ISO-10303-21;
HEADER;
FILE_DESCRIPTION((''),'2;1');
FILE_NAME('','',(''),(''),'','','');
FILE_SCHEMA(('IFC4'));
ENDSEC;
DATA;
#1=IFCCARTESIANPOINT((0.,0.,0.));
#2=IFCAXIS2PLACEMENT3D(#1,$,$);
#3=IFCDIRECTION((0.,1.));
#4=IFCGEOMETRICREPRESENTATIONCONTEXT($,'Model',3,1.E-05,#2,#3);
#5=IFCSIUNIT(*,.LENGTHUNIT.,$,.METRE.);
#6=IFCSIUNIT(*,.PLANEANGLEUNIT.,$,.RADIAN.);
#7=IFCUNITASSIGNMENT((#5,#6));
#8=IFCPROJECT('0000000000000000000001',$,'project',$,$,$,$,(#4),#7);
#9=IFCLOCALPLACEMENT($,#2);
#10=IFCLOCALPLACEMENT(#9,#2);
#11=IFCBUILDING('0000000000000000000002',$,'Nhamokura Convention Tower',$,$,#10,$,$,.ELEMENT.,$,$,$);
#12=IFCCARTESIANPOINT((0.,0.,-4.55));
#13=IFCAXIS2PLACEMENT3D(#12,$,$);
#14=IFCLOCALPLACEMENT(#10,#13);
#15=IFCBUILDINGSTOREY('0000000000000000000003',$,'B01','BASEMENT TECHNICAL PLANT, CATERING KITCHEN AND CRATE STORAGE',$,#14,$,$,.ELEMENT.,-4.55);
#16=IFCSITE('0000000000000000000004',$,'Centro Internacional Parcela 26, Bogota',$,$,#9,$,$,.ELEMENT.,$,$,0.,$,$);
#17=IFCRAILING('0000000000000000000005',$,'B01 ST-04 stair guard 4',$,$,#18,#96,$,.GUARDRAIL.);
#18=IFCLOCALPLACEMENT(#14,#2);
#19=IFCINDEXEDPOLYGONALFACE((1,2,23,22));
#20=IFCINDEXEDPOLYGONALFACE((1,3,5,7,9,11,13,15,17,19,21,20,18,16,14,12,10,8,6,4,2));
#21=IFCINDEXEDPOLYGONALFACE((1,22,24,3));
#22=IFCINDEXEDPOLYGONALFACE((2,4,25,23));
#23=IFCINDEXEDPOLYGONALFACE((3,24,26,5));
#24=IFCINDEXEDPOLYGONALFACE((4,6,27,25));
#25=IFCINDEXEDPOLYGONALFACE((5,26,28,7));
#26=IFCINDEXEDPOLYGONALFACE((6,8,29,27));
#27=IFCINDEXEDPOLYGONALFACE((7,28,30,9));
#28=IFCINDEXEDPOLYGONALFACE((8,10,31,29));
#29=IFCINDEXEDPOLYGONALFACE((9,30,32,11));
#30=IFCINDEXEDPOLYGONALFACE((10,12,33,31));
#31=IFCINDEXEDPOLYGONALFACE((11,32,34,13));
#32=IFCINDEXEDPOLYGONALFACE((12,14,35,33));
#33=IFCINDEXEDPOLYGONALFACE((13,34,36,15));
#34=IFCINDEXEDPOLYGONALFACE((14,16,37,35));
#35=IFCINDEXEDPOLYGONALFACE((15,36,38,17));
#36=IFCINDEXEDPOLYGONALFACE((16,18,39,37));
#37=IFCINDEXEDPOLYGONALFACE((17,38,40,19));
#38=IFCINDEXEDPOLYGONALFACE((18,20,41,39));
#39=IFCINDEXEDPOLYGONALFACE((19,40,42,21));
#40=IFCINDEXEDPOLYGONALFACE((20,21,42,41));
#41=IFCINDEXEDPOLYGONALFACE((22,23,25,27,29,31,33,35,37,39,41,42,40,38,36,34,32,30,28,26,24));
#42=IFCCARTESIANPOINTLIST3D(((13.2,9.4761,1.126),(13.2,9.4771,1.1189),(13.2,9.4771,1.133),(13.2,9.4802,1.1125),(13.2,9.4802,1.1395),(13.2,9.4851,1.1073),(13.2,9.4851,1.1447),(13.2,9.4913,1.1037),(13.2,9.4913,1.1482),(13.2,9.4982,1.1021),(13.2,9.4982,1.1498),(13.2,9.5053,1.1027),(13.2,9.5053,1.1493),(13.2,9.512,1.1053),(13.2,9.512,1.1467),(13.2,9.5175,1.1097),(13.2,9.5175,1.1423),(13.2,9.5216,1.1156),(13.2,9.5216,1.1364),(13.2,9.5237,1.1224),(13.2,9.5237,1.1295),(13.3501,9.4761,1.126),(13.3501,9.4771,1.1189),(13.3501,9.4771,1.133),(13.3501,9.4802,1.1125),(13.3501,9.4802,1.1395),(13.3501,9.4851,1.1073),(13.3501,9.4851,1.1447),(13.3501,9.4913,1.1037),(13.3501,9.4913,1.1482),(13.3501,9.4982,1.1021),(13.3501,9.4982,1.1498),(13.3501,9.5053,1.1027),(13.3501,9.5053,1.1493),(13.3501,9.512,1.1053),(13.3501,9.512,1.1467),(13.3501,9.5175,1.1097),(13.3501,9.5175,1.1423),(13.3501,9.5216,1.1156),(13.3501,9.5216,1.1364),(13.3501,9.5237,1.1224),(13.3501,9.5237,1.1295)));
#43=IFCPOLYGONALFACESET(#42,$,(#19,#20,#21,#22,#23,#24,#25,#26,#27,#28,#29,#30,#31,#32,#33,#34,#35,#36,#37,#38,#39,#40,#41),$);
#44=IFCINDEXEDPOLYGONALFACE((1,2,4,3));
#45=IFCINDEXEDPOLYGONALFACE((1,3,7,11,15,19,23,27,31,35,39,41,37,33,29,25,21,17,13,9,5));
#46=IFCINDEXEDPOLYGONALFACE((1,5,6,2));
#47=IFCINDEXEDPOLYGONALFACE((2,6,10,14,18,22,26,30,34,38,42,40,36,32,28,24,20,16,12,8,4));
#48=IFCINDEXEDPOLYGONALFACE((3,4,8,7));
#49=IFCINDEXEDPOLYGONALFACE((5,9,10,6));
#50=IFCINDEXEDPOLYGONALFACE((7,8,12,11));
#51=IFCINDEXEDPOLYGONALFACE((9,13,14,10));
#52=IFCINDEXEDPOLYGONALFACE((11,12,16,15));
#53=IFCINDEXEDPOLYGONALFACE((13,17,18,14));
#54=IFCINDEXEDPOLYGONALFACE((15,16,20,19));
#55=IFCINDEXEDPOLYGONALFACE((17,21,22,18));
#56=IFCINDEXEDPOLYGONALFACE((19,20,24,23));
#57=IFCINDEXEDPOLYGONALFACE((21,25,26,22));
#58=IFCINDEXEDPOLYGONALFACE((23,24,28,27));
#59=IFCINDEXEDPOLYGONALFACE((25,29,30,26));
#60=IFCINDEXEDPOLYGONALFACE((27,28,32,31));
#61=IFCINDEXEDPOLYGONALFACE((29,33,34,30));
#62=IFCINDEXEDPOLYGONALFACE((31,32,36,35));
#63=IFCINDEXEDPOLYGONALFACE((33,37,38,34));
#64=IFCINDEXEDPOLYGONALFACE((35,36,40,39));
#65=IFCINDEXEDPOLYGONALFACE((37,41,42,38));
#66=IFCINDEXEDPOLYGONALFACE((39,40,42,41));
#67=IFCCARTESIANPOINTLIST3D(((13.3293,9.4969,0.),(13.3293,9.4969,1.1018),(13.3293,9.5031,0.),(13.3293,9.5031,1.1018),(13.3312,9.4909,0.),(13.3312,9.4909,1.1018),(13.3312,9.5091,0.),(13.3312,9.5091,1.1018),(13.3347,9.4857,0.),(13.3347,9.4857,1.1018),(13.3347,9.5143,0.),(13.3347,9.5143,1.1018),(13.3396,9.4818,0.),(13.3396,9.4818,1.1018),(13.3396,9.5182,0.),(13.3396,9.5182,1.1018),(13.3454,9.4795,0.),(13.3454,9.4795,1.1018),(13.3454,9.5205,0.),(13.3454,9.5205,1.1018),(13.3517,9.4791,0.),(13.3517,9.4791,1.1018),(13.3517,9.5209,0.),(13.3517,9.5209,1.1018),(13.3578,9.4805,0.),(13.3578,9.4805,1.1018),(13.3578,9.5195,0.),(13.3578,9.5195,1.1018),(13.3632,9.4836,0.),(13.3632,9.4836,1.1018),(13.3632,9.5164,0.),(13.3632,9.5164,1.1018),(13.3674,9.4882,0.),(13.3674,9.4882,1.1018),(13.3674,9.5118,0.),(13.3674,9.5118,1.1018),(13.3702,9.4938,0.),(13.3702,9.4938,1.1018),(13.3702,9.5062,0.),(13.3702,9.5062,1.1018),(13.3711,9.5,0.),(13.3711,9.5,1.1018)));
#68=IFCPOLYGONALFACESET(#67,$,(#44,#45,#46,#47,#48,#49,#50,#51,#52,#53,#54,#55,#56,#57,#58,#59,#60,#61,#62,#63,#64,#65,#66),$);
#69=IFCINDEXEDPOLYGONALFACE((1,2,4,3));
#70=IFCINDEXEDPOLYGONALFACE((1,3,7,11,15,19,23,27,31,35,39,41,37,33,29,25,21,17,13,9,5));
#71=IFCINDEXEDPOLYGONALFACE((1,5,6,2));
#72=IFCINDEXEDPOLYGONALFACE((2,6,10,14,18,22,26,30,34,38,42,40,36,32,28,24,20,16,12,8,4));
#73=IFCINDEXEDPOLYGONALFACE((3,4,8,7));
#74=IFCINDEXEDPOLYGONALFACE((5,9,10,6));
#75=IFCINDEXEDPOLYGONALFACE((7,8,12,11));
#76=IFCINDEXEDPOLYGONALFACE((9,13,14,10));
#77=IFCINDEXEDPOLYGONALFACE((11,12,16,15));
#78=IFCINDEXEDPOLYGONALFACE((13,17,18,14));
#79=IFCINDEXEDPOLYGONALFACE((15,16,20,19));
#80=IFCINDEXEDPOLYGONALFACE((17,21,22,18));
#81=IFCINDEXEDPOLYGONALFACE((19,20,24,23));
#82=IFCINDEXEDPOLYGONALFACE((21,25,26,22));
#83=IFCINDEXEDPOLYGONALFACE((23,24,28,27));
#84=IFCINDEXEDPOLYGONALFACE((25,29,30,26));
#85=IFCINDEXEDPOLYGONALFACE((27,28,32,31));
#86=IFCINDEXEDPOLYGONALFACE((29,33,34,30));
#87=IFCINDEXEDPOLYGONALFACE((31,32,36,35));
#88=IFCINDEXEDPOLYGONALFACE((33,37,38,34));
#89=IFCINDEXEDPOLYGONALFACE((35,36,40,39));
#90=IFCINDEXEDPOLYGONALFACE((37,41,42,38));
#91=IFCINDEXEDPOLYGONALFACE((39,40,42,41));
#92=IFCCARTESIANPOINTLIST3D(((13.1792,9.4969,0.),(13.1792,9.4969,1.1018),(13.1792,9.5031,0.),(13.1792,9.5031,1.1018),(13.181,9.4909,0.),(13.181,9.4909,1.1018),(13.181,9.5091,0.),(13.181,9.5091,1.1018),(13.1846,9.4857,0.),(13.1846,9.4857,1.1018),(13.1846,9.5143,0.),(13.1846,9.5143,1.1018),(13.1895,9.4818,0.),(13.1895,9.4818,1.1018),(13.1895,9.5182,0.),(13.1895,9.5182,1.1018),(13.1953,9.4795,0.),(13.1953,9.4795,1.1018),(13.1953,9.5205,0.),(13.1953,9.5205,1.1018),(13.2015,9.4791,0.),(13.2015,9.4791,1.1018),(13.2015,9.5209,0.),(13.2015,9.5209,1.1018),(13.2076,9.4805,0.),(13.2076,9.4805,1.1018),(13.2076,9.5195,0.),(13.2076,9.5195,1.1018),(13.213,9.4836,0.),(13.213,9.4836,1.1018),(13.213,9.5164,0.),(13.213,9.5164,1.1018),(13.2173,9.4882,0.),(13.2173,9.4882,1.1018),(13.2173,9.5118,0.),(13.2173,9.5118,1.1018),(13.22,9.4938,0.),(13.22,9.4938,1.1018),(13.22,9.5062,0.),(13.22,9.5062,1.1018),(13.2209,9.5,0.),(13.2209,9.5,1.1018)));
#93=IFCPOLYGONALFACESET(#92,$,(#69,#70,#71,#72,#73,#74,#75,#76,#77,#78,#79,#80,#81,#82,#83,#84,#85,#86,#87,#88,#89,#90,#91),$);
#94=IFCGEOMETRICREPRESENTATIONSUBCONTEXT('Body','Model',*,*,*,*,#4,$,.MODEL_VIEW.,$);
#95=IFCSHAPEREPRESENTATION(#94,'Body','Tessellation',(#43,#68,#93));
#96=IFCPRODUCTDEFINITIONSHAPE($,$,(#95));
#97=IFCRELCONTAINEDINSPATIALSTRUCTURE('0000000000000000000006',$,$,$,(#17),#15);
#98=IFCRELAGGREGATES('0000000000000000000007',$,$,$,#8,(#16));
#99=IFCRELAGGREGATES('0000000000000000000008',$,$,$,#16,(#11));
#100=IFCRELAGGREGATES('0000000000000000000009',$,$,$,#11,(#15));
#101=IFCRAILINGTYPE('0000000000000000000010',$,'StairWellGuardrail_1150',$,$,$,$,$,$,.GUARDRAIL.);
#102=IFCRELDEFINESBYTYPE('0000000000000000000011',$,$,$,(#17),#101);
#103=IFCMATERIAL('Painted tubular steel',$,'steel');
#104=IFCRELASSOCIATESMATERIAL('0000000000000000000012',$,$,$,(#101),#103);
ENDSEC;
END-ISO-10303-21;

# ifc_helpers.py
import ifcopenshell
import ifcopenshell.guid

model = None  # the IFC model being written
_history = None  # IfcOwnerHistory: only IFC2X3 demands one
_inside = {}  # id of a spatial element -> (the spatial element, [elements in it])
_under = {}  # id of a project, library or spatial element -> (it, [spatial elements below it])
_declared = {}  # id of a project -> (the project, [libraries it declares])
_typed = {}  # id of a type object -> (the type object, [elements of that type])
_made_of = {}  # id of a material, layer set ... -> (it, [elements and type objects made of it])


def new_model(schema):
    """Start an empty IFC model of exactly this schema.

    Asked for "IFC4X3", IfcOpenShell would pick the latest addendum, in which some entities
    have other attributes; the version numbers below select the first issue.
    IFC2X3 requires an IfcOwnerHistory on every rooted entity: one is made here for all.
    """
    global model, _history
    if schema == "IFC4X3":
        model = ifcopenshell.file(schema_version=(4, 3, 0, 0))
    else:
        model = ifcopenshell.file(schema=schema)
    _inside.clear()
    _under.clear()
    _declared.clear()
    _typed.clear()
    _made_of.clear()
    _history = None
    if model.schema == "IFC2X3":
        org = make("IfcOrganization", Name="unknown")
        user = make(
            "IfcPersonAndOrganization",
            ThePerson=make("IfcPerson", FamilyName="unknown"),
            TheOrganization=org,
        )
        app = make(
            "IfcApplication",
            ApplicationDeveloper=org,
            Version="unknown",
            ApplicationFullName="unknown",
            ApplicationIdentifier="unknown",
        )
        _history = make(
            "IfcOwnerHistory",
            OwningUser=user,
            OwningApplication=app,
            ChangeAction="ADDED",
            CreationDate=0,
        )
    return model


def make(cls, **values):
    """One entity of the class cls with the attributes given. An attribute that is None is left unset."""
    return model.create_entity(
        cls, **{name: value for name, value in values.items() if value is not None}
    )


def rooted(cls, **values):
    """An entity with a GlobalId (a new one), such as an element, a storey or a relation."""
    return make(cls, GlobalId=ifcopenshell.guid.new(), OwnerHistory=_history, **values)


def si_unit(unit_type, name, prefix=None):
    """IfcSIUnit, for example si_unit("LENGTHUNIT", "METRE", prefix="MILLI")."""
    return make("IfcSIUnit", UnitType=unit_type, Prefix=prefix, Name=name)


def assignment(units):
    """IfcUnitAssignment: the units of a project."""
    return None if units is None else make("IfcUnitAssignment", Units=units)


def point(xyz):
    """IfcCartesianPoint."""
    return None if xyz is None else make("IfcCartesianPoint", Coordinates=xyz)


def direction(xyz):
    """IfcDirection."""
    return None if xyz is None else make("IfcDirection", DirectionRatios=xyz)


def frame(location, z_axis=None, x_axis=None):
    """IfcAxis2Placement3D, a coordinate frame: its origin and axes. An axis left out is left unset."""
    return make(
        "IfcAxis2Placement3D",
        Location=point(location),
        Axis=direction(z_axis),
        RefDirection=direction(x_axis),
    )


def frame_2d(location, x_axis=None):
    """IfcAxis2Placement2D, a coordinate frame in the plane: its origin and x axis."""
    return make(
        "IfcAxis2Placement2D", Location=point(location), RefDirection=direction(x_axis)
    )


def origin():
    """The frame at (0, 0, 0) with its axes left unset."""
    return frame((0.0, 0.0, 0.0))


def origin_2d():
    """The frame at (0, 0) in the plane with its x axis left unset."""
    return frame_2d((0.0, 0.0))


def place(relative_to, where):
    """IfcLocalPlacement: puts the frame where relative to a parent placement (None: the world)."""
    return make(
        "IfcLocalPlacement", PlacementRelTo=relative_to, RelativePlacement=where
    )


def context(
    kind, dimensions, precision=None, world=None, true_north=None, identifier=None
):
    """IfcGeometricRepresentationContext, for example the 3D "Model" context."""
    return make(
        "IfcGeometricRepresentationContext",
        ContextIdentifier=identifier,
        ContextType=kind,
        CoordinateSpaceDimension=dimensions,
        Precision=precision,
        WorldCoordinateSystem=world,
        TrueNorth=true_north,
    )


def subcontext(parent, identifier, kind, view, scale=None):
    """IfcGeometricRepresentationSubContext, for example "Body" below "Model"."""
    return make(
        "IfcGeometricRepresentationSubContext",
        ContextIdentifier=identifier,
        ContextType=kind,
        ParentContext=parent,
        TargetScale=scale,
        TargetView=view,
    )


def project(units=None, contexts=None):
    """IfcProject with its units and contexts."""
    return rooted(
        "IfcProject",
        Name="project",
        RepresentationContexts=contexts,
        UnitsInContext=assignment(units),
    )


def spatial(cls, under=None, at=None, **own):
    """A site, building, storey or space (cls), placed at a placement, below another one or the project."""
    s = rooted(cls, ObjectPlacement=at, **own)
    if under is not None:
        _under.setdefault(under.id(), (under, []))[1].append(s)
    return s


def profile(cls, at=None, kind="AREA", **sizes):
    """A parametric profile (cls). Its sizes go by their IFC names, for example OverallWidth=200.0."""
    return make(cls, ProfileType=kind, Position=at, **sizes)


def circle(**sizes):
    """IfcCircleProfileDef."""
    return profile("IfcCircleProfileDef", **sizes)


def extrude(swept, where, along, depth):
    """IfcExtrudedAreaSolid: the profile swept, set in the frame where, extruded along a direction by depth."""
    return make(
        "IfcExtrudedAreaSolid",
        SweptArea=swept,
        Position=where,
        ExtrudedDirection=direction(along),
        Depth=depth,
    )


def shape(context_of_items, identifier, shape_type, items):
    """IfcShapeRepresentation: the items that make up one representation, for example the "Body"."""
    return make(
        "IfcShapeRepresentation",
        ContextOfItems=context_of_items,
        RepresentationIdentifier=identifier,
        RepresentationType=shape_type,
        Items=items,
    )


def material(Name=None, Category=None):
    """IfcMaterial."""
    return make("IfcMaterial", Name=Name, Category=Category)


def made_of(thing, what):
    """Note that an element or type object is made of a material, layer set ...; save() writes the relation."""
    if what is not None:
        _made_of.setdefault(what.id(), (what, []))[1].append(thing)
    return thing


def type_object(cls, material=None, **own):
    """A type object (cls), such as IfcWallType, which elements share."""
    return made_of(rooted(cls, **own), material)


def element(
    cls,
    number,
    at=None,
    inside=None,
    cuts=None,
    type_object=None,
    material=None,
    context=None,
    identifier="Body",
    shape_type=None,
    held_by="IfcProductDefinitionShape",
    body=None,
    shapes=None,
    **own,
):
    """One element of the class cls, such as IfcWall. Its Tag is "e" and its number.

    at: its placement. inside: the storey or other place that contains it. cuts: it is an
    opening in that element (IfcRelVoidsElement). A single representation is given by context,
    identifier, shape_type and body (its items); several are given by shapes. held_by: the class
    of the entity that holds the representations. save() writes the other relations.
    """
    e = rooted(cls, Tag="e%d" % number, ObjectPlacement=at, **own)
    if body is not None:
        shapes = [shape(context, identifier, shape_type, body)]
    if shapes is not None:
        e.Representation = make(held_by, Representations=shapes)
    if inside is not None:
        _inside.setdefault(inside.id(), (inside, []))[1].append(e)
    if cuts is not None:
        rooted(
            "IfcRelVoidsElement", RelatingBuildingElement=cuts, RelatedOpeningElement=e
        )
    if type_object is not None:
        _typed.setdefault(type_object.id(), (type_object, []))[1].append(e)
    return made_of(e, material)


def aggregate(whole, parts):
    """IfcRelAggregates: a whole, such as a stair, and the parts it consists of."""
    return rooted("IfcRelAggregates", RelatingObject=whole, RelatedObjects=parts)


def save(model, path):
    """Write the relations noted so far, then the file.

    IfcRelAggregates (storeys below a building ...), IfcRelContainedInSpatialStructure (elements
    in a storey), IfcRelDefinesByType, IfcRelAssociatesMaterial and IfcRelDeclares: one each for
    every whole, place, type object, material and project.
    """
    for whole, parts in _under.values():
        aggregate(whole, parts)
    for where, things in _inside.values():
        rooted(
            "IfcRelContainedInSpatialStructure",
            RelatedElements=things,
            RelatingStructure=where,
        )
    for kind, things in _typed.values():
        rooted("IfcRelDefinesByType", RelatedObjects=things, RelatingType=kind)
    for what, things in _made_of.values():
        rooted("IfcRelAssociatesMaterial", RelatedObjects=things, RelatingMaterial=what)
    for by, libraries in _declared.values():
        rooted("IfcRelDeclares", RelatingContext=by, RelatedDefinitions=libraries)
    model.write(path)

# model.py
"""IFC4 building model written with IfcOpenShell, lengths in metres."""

from ifc_helpers import new_model, si_unit, direction, frame, origin, origin_2d, place, context, subcontext, project, spatial, circle, extrude, material, type_object, element, save


model = new_model("IFC4")

# Units and contexts
model_context = context("Model", 3, precision=1e-05, world=origin(), true_north=direction((0.0, 1.0)))
body_context = subcontext(model_context, "Body", "Model", "MODEL_VIEW")
ifc_project = project(units=[si_unit("LENGTHUNIT", "METRE"), si_unit("PLANEANGLEUNIT", "RADIAN")], contexts=[model_context])

# Site, building, storey
site_placement = place(None, origin())
site = spatial("IfcSite", under=ifc_project, at=site_placement, Name="Centro Internacional Parcela 26, Bogota", CompositionType="ELEMENT", RefElevation=0.0)
building_placement = place(site_placement, origin())
building = spatial("IfcBuilding", under=site, at=building_placement, Name="Nhamokura Convention Tower", CompositionType="ELEMENT")
storey_placement = place(building_placement, frame((0.0, 0.0, -4.55)))
storey = spatial("IfcBuildingStorey", under=building, at=storey_placement, Name="B01", Description="BASEMENT TECHNICAL PLANT, CATERING KITCHEN AND CRATE STORAGE", CompositionType="ELEMENT", Elevation=-4.55)

# Railing
ifc_material_1 = material(Name="Painted tubular steel", Category="steel")
railing_type_1 = type_object("IfcRailingType", Name="StairWellGuardrail_1150", PredefinedType="GUARDRAIL", material=ifc_material_1)
railing_1_placement = place(storey_placement, frame((13.3501, 9.5, 0.0)))
element("IfcRailing", 1, at=railing_1_placement, inside=storey, type_object=railing_type_1, Name="B01 ST-04 stair guard 4", PredefinedType="GUARDRAIL", context=body_context, shape_type="SweptSolid", body=[
    extrude(circle(Radius=0.0239, at=origin_2d()), frame((0.0, 0.0, 1.126), z_axis=(-1.0, 0.0, 0.0), x_axis=(0.0, -1.0, 0.0)), (0.0, 0.0, 1.0), 0.1501),
    extrude(circle(Radius=0.021, at=origin_2d()), origin(), (0.0, 0.0, 1.0), 1.1018),
    extrude(circle(Radius=0.021, at=origin_2d()), frame((-0.1501, 0.0, 0.0)), (0.0, 0.0, 1.0), 1.1018),
])

save(model, "model.ifc")
